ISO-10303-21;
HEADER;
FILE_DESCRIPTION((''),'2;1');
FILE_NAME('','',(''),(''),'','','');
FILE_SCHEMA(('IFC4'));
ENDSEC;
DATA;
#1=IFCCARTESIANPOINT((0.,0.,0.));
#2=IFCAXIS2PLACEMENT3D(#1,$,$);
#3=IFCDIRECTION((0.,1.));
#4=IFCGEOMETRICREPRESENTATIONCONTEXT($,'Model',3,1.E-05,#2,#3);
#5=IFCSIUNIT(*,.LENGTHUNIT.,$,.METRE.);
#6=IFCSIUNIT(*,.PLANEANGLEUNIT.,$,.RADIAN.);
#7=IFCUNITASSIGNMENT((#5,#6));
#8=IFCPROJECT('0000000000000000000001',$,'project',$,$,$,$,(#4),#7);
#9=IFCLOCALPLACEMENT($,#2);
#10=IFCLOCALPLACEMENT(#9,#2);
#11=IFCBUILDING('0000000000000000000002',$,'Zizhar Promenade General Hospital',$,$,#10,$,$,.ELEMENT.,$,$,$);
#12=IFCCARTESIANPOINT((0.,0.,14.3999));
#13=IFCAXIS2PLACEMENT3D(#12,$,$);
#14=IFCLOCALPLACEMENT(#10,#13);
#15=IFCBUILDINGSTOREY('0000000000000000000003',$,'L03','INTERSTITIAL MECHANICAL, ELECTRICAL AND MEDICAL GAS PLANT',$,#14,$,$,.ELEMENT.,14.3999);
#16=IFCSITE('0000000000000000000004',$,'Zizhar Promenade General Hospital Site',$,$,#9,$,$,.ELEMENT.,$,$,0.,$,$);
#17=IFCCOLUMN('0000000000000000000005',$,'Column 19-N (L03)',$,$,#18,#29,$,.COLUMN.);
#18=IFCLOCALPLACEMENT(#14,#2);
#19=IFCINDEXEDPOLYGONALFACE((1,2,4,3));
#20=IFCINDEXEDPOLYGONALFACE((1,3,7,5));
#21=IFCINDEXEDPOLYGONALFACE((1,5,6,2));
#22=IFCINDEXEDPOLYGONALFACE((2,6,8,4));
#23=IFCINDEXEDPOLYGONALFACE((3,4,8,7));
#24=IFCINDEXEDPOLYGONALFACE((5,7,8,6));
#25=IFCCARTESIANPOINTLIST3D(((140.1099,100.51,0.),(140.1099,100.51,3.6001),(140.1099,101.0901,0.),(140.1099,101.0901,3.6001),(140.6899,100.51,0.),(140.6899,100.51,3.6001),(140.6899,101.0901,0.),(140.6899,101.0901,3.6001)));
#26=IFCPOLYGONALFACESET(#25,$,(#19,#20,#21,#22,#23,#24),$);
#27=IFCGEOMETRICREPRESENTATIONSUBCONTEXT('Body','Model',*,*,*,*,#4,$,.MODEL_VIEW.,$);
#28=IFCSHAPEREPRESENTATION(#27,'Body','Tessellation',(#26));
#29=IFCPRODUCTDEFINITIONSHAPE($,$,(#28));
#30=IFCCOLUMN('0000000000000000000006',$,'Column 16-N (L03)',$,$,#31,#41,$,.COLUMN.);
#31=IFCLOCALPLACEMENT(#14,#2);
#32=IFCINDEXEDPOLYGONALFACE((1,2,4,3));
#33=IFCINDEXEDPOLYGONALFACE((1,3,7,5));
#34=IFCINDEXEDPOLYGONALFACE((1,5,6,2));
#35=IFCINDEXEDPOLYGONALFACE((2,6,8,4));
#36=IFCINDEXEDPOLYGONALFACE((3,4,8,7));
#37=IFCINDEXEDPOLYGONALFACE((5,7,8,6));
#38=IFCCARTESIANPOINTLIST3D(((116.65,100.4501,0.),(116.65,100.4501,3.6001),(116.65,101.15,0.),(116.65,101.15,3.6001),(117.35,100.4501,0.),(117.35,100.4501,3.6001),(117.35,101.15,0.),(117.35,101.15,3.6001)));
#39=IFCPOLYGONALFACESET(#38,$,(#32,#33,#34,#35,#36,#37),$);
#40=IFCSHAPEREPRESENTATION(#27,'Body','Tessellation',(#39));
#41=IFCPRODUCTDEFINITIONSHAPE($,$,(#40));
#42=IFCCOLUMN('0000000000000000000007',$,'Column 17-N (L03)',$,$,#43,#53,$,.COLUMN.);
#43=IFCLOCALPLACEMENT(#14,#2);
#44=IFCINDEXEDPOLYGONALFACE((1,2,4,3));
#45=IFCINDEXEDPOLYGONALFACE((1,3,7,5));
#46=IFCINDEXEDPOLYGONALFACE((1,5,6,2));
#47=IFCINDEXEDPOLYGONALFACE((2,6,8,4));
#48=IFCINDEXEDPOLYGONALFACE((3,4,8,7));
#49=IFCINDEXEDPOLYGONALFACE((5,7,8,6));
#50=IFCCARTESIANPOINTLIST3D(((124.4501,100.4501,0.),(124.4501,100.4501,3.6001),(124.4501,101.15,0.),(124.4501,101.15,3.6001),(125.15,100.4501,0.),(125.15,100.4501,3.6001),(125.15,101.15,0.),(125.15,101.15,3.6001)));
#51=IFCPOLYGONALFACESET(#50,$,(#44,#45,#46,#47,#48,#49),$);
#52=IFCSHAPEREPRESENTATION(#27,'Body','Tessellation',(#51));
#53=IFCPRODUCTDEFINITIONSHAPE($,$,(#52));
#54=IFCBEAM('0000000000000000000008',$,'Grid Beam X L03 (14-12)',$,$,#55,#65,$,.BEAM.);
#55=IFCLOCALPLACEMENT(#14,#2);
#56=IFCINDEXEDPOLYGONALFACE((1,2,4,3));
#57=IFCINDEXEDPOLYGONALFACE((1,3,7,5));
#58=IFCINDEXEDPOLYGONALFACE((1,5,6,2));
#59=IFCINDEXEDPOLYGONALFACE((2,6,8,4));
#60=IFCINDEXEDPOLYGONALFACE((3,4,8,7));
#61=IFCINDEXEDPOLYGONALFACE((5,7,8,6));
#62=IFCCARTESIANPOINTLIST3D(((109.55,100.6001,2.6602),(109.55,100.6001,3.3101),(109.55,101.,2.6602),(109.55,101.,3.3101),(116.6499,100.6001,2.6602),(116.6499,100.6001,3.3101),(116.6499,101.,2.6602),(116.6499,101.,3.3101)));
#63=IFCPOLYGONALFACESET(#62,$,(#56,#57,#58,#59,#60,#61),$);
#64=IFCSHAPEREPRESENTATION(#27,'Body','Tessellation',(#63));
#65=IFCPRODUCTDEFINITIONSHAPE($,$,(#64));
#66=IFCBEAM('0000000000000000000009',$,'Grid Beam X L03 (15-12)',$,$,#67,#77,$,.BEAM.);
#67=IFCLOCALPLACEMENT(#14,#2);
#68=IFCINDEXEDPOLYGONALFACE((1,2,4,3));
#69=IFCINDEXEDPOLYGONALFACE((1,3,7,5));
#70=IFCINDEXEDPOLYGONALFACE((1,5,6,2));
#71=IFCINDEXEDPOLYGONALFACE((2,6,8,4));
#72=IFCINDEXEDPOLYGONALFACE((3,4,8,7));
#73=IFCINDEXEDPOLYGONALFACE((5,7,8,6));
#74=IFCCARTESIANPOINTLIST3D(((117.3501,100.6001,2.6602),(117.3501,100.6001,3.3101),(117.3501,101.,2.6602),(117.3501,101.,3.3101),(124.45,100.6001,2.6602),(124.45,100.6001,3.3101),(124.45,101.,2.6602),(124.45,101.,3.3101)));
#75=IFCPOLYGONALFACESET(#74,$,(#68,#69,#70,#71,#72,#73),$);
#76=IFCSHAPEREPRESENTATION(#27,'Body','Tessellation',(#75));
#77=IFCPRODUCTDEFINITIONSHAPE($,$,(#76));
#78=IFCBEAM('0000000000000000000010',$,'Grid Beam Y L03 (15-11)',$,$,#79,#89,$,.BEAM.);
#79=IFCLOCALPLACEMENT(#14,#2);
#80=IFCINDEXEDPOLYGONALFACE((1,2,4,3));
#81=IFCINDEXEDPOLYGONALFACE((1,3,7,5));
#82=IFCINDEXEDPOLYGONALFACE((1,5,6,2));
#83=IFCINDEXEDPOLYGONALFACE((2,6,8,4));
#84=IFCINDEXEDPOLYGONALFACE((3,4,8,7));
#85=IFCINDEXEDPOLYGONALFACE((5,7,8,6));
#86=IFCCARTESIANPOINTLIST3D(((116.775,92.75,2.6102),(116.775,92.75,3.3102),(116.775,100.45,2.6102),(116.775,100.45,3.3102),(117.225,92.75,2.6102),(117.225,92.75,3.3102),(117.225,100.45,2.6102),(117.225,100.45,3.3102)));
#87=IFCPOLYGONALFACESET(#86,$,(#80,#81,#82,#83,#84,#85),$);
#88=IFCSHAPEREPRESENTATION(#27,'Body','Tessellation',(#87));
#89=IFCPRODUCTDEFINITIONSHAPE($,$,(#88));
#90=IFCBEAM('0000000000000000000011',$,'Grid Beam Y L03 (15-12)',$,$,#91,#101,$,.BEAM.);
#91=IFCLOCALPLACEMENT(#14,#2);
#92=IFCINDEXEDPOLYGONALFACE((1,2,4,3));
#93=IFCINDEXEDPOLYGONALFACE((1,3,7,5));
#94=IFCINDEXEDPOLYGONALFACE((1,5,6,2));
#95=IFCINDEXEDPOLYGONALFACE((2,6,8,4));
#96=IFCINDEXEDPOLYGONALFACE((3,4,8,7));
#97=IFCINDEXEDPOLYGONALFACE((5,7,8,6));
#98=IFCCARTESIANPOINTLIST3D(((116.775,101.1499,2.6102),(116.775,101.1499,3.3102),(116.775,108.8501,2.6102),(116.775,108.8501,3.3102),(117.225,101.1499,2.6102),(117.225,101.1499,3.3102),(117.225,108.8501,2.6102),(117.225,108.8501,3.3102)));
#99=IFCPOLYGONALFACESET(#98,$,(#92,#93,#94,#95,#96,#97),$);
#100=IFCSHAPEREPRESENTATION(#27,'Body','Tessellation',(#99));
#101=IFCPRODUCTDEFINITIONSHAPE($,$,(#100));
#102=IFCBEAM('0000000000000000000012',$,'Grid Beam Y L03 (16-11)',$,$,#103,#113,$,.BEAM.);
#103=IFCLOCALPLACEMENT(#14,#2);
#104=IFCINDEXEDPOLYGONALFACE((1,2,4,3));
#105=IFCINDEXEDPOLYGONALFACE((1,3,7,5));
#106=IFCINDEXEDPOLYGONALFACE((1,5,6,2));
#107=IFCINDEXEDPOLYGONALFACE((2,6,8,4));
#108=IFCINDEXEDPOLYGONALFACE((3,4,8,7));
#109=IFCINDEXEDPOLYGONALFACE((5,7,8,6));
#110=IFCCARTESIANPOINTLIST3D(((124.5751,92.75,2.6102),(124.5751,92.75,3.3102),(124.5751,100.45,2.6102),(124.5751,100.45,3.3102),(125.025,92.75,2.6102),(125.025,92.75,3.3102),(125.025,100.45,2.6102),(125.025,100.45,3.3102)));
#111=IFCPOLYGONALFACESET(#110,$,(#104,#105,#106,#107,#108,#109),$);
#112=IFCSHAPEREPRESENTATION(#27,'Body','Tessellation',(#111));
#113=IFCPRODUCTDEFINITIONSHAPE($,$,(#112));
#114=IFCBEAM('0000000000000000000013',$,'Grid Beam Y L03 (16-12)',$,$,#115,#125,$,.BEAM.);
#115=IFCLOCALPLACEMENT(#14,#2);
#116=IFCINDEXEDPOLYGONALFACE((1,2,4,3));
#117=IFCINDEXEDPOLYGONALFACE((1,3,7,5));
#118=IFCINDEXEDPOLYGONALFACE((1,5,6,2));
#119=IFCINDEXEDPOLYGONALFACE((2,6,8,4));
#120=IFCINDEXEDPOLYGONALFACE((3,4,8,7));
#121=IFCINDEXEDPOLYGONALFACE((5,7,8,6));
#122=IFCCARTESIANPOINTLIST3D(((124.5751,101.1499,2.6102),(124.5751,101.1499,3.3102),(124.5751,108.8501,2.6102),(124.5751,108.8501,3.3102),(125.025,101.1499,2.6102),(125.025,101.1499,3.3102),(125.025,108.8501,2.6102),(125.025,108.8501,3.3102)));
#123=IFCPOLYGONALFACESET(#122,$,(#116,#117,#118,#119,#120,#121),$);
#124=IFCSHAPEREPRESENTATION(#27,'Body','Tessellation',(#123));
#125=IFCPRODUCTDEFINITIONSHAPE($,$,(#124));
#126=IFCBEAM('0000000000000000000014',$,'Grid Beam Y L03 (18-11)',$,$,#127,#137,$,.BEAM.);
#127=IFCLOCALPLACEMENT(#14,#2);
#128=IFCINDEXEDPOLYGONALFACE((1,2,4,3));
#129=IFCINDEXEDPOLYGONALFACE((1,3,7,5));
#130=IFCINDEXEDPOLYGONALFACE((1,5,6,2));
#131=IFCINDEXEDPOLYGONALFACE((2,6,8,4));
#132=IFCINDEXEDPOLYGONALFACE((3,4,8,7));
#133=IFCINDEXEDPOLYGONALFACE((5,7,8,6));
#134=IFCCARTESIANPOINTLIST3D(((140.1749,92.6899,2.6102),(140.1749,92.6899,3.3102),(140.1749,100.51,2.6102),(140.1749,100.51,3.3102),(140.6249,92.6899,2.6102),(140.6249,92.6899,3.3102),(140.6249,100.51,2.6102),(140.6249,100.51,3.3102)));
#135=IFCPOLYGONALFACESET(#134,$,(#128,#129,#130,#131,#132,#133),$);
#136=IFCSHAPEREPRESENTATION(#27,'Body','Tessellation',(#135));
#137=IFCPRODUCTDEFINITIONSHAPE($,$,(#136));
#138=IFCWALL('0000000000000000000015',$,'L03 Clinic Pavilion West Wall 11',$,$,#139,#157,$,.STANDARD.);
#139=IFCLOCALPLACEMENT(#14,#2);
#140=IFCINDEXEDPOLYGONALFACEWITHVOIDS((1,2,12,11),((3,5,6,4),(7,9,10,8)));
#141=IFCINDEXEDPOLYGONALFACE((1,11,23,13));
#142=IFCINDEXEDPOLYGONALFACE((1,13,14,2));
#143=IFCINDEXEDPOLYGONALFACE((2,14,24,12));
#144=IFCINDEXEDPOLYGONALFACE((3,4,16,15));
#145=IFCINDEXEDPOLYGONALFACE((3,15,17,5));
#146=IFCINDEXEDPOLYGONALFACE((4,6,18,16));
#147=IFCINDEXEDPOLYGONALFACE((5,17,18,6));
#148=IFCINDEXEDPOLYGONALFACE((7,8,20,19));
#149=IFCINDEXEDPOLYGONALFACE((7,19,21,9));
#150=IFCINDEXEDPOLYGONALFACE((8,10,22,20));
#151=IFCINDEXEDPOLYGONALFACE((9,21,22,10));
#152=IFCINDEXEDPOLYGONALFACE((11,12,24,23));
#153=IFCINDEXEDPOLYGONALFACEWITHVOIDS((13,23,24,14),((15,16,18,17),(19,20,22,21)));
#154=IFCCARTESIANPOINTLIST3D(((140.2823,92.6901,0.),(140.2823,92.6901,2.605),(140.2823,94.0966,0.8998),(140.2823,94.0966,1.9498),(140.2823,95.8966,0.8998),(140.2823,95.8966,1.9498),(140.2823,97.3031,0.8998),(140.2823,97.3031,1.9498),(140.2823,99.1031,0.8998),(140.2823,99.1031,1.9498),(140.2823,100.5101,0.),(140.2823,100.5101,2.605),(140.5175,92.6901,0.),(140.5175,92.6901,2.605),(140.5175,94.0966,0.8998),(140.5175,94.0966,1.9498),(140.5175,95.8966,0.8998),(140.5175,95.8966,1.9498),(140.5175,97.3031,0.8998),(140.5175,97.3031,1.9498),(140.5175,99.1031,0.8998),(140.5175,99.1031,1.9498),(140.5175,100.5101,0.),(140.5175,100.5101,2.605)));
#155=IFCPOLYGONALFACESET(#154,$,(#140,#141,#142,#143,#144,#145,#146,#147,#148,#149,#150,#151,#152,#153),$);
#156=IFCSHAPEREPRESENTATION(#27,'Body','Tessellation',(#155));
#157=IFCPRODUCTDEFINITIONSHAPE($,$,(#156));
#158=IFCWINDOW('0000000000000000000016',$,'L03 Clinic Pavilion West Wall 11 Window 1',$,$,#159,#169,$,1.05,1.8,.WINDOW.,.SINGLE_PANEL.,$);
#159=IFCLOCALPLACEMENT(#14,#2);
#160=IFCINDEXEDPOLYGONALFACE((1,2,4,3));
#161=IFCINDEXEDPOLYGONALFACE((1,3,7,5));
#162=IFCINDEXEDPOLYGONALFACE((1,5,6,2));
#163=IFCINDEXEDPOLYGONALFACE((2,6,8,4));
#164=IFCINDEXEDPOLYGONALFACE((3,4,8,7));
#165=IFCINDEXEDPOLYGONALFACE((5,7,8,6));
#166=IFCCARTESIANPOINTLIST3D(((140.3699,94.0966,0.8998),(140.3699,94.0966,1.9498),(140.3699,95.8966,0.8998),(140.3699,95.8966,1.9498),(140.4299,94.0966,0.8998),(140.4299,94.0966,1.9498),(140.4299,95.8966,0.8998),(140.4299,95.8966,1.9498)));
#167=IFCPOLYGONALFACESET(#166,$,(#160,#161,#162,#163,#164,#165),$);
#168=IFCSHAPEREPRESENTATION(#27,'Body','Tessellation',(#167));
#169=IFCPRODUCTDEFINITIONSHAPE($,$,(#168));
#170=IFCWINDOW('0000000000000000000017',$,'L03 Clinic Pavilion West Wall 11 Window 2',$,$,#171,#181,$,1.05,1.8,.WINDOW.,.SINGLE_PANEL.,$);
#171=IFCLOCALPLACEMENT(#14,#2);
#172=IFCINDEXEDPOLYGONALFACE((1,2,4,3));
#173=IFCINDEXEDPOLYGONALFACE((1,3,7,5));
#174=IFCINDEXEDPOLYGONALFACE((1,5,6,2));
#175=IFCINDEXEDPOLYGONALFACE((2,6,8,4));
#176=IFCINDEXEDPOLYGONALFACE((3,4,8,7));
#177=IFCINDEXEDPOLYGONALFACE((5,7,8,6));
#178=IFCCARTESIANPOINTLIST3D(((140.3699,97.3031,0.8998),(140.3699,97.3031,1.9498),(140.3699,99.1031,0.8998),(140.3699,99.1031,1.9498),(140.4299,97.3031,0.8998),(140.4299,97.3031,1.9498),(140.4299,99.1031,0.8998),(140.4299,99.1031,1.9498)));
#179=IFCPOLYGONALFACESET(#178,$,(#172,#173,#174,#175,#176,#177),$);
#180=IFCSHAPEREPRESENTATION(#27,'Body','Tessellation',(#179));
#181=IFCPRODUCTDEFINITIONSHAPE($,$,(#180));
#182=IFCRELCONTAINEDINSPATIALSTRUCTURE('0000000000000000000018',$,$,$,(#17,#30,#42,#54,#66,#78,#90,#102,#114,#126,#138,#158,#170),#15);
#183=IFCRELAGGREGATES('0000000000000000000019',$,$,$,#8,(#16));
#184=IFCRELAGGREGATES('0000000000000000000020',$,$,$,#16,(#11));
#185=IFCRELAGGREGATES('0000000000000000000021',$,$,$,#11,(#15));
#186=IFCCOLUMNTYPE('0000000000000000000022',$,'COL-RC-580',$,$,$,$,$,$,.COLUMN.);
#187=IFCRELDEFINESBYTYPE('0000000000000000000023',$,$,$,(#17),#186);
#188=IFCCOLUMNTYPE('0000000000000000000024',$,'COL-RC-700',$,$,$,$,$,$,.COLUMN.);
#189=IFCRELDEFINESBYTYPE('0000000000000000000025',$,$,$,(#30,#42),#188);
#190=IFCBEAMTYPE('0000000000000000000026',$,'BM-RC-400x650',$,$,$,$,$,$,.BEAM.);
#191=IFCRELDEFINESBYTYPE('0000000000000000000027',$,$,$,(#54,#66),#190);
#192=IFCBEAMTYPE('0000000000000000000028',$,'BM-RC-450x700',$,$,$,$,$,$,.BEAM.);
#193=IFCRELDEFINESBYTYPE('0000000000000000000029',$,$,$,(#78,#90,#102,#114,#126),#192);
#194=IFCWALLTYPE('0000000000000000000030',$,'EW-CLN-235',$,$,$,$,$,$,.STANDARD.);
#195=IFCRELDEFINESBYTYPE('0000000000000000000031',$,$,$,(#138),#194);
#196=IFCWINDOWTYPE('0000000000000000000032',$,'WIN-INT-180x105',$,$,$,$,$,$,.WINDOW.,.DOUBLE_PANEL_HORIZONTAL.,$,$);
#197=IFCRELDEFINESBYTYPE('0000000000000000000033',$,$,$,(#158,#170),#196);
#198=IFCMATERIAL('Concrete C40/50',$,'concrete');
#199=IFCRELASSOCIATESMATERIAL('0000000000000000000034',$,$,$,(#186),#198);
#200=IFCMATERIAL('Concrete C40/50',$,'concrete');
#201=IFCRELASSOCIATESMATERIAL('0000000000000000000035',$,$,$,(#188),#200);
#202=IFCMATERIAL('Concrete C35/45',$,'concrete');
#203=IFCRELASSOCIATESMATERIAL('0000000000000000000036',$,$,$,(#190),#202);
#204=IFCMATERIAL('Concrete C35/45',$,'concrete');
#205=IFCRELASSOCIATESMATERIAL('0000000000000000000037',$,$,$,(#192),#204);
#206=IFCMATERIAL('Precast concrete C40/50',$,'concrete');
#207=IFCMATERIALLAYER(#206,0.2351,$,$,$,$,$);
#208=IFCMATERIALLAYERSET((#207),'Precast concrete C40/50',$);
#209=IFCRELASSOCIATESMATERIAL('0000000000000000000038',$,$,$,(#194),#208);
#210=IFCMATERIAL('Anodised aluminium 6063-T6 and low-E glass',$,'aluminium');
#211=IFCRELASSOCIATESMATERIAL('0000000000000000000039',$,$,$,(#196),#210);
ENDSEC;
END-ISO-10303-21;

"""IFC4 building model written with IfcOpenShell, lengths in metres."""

from ifc_helpers import new_model, si_unit, direction, frame, frame_2d, origin, origin_2d, place, context, subcontext, project, spatial, rectangle, extrude, material, layer, layer_set, material_profile, profile_set, type_object, element, fill, save


model = new_model("IFC4")

# Units and contexts
model_context = context("Model", 3, precision=1e-05, world=origin(), true_north=direction((0.0, 1.0)))
body_context = subcontext(model_context, "Body", "Model", "MODEL_VIEW")
ifc_project = project(units=[si_unit("LENGTHUNIT", "METRE"), si_unit("PLANEANGLEUNIT", "RADIAN")], contexts=[model_context])

# Site, building, storey
site_placement = place(None, origin())
site = spatial("IfcSite", under=ifc_project, at=site_placement, Name="Zizhar Promenade General Hospital Site", CompositionType="ELEMENT", RefElevation=0.0)
building_placement = place(site_placement, origin())
building = spatial("IfcBuilding", under=site, at=building_placement, Name="Zizhar Promenade General Hospital", CompositionType="ELEMENT")
storey_placement = place(building_placement, frame((0.0, 0.0, 14.3999)))
storey = spatial("IfcBuildingStorey", under=building, at=storey_placement, Name="L03", Description="INTERSTITIAL MECHANICAL, ELECTRICAL AND MEDICAL GAS PLANT", CompositionType="ELEMENT", Elevation=14.3999)

# Columns
ifc_material_1 = material(Name="Concrete C40/50", Category="concrete")
ifc_material_profile_1 = material_profile(ifc_material_1, rectangle(XDim=0.5801, YDim=0.5801, at=origin_2d()))
ifc_profile_set_1 = profile_set([ifc_material_profile_1], Name="Concrete C40/50")
column_type_1 = type_object("IfcColumnType", Name="COL-RC-580", PredefinedType="COLUMN", material=ifc_profile_set_1)
column_placement = place(storey_placement, frame((140.3999, 100.8, 0.0), z_axis=(0.0, 0.0, 1.0), x_axis=(1.0, 0.0, 0.0)))
element("IfcColumn", 1, at=column_placement, inside=storey, type_object=column_type_1, Name="Column 19-N (L03)", PredefinedType="COLUMN", context=body_context, shape_type="SweptSolid", body=[
    extrude(rectangle(XDim=0.5801, YDim=0.5801, at=origin_2d()), origin(), (0.0, 0.0, 1.0), 3.6001),
])
ifc_material_2 = material(Name="Concrete C40/50", Category="concrete")
ifc_material_profile_2 = material_profile(ifc_material_2, rectangle(XDim=0.7, YDim=0.7, at=origin_2d()))
ifc_profile_set_2 = profile_set([ifc_material_profile_2], Name="Concrete C40/50")
column_type_2 = type_object("IfcColumnType", Name="COL-RC-700", PredefinedType="COLUMN", material=ifc_profile_set_2)
for number, where, z_axis, x_axis, name in (
    (2, (117.0, 100.8, 0.0), (0.0, 0.0, 1.0), (1.0, 0.0, 0.0), "Column 16-N (L03)"),
    (3, (124.8, 100.8, 0.0), (0.0, 0.0, 1.0), (1.0, 0.0, 0.0), "Column 17-N (L03)"),
):
    element("IfcColumn", number, at=place(storey_placement, frame(where, z_axis=z_axis, x_axis=x_axis)), inside=storey, type_object=column_type_2, Name=name, PredefinedType="COLUMN", context=body_context, shape_type="SweptSolid", body=[
        extrude(rectangle(XDim=0.7, YDim=0.7, at=origin_2d()), origin(), (0.0, 0.0, 1.0), 3.6001),
    ])

# Beams
ifc_material_3 = material(Name="Concrete C35/45", Category="concrete")
ifc_material_profile_3 = material_profile(ifc_material_3, rectangle(XDim=0.3999, YDim=0.6499, at=origin_2d()))
ifc_profile_set_3 = profile_set([ifc_material_profile_3], Name="Concrete C35/45")
beam_type_1 = type_object("IfcBeamType", Name="BM-RC-400x650", PredefinedType="BEAM", material=ifc_profile_set_3)
for number, where, z_axis, x_axis, name in (
    (4, (109.55, 100.8, 2.9851), (1.0, 0.0, 0.0), (0.0, 1.0, 0.0), "Grid Beam X L03 (14-12)"),
    (5, (117.3501, 100.8, 2.9851), (1.0, 0.0, 0.0), (0.0, 1.0, 0.0), "Grid Beam X L03 (15-12)"),
):
    element("IfcBeam", number, at=place(storey_placement, frame(where, z_axis=z_axis, x_axis=x_axis)), inside=storey, type_object=beam_type_1, Name=name, PredefinedType="BEAM", context=body_context, shape_type="SweptSolid", body=[
        extrude(rectangle(XDim=0.3999, YDim=0.6499, at=origin_2d()), origin(), (0.0, 0.0, 1.0), 7.0999),
    ])
ifc_material_4 = material(Name="Concrete C35/45", Category="concrete")
ifc_material_profile_4 = material_profile(ifc_material_4, rectangle(XDim=0.45, YDim=0.7, at=origin_2d()))
ifc_profile_set_4 = profile_set([ifc_material_profile_4], Name="Concrete C35/45")
beam_type_2 = type_object("IfcBeamType", Name="BM-RC-450x700", PredefinedType="BEAM", material=ifc_profile_set_4)
beam_1_placement = place(storey_placement, frame((117.0, 92.75, 2.9602), z_axis=(0.0, 1.0, 0.0), x_axis=(-1.0, 0.0, 0.0)))
element("IfcBeam", 6, at=beam_1_placement, inside=storey, type_object=beam_type_2, Name="Grid Beam Y L03 (15-11)", PredefinedType="BEAM", context=body_context, shape_type="SweptSolid", body=[
    extrude(rectangle(XDim=0.45, YDim=0.7, at=origin_2d()), origin(), (0.0, 0.0, 1.0), 7.7),
])
beam_2_placement = place(storey_placement, frame((117.0, 101.1499, 2.9602), z_axis=(0.0, 1.0, 0.0), x_axis=(-1.0, 0.0, 0.0)))
element("IfcBeam", 7, at=beam_2_placement, inside=storey, type_object=beam_type_2, Name="Grid Beam Y L03 (15-12)", PredefinedType="BEAM", context=body_context, shape_type="SweptSolid", body=[
    extrude(rectangle(XDim=0.45, YDim=0.7, at=origin_2d()), origin(), (0.0, 0.0, 1.0), 7.7002),
])
beam_3_placement = place(storey_placement, frame((124.8, 92.75, 2.9602), z_axis=(0.0, 1.0, 0.0), x_axis=(-1.0, 0.0, 0.0)))
element("IfcBeam", 8, at=beam_3_placement, inside=storey, type_object=beam_type_2, Name="Grid Beam Y L03 (16-11)", PredefinedType="BEAM", context=body_context, shape_type="SweptSolid", body=[
    extrude(rectangle(XDim=0.45, YDim=0.7, at=origin_2d()), origin(), (0.0, 0.0, 1.0), 7.7),
])
beam_4_placement = place(storey_placement, frame((124.8, 101.1499, 2.9602), z_axis=(0.0, 1.0, 0.0), x_axis=(-1.0, 0.0, 0.0)))
element("IfcBeam", 9, at=beam_4_placement, inside=storey, type_object=beam_type_2, Name="Grid Beam Y L03 (16-12)", PredefinedType="BEAM", context=body_context, shape_type="SweptSolid", body=[
    extrude(rectangle(XDim=0.45, YDim=0.7, at=origin_2d()), origin(), (0.0, 0.0, 1.0), 7.7002),
])
beam_5_placement = place(storey_placement, frame((140.3999, 92.6899, 2.9602), z_axis=(0.0, 1.0, 0.0), x_axis=(-1.0, 0.0, 0.0)))
element("IfcBeam", 10, at=beam_5_placement, inside=storey, type_object=beam_type_2, Name="Grid Beam Y L03 (18-11)", PredefinedType="BEAM", context=body_context, shape_type="SweptSolid", body=[
    extrude(rectangle(XDim=0.45, YDim=0.7, at=origin_2d()), origin(), (0.0, 0.0, 1.0), 7.8201),
])

# Wall, openings, windows
ifc_material_5 = material(Name="Precast concrete C40/50", Category="concrete")
ifc_layer_1 = layer(ifc_material_5, 0.2351)
ifc_layer_set_1 = layer_set([ifc_layer_1], Name="Precast concrete C40/50")
wall_type_1 = type_object("IfcWallType", Name="EW-CLN-235", PredefinedType="STANDARD", material=ifc_layer_set_1)
wall_1_placement = place(storey_placement, frame((140.3999, 92.6899, 0.0), z_axis=(0.0, 0.0, 1.0), x_axis=(0.0, 1.0, 0.0)))
wall_1 = element("IfcWall", 11, at=wall_1_placement, inside=storey, type_object=wall_type_1, Name="L03 Clinic Pavilion West Wall 11", PredefinedType="STANDARD", context=body_context, shape_type="SweptSolid", body=[
    extrude(rectangle(XDim=7.8201, YDim=0.2351, at=frame_2d((3.9102, 0.0))), origin(), (0.0, 0.0, 1.0), 2.605),
])
opening_1_placement = place(wall_1_placement, frame((1.4067, 0.0, 0.8999)))
opening_1 = element("IfcOpeningElement", 12, at=opening_1_placement, cuts=wall_1, PredefinedType="OPENING", context=body_context, shape_type="SweptSolid", body=[
    extrude(rectangle(XDim=1.8, YDim=1.05, at=frame_2d((0.8999, 0.5249))), frame((0.0, 0.1274, 0.0), z_axis=(0.0, -1.0, 0.0), x_axis=(1.0, 0.0, 0.0)), (0.0, 0.0, 1.0), 0.2551),
])
opening_2_placement = place(wall_1_placement, frame((4.6133, 0.0, 0.8999)))
opening_2 = element("IfcOpeningElement", 13, at=opening_2_placement, cuts=wall_1, PredefinedType="OPENING", context=body_context, shape_type="SweptSolid", body=[
    extrude(rectangle(XDim=1.8, YDim=1.05, at=frame_2d((0.8999, 0.5249))), frame((0.0, 0.1274, 0.0), z_axis=(0.0, -1.0, 0.0), x_axis=(1.0, 0.0, 0.0)), (0.0, 0.0, 1.0), 0.2551),
])
ifc_material_6 = material(Name="Anodised aluminium 6063-T6 and low-E glass", Category="aluminium")
window_type_1 = type_object("IfcWindowType", Name="WIN-INT-180x105", PartitioningType="DOUBLE_PANEL_HORIZONTAL", PredefinedType="WINDOW", material=ifc_material_6)
window_1_placement = place(opening_1_placement, origin())
window_1 = element("IfcWindow", 14, at=window_1_placement, inside=storey, type_object=window_type_1, Name="L03 Clinic Pavilion West Wall 11 Window 1", OverallHeight=1.05, OverallWidth=1.8, PartitioningType="SINGLE_PANEL", PredefinedType="WINDOW", context=body_context, shape_type="SweptSolid", body=[
    extrude(rectangle(XDim=1.8, YDim=1.05, at=frame_2d((0.8999, 0.5249))), frame((0.0, 0.03, 0.0), z_axis=(0.0, -1.0, 0.0), x_axis=(1.0, 0.0, 0.0)), (0.0, 0.0, 1.0), 0.0601),
])
fill(opening_1, window_1)
window_2_placement = place(opening_2_placement, origin())
window_2 = element("IfcWindow", 15, at=window_2_placement, inside=storey, type_object=window_type_1, Name="L03 Clinic Pavilion West Wall 11 Window 2", OverallHeight=1.05, OverallWidth=1.8, PartitioningType="SINGLE_PANEL", PredefinedType="WINDOW", context=body_context, shape_type="SweptSolid", body=[
    extrude(rectangle(XDim=1.8, YDim=1.05, at=frame_2d((0.8999, 0.5249))), frame((0.0, 0.03, 0.0), z_axis=(0.0, -1.0, 0.0), x_axis=(1.0, 0.0, 0.0)), (0.0, 0.0, 1.0), 0.0601),
])
fill(opening_2, window_2)

save(model, "model.ifc")
